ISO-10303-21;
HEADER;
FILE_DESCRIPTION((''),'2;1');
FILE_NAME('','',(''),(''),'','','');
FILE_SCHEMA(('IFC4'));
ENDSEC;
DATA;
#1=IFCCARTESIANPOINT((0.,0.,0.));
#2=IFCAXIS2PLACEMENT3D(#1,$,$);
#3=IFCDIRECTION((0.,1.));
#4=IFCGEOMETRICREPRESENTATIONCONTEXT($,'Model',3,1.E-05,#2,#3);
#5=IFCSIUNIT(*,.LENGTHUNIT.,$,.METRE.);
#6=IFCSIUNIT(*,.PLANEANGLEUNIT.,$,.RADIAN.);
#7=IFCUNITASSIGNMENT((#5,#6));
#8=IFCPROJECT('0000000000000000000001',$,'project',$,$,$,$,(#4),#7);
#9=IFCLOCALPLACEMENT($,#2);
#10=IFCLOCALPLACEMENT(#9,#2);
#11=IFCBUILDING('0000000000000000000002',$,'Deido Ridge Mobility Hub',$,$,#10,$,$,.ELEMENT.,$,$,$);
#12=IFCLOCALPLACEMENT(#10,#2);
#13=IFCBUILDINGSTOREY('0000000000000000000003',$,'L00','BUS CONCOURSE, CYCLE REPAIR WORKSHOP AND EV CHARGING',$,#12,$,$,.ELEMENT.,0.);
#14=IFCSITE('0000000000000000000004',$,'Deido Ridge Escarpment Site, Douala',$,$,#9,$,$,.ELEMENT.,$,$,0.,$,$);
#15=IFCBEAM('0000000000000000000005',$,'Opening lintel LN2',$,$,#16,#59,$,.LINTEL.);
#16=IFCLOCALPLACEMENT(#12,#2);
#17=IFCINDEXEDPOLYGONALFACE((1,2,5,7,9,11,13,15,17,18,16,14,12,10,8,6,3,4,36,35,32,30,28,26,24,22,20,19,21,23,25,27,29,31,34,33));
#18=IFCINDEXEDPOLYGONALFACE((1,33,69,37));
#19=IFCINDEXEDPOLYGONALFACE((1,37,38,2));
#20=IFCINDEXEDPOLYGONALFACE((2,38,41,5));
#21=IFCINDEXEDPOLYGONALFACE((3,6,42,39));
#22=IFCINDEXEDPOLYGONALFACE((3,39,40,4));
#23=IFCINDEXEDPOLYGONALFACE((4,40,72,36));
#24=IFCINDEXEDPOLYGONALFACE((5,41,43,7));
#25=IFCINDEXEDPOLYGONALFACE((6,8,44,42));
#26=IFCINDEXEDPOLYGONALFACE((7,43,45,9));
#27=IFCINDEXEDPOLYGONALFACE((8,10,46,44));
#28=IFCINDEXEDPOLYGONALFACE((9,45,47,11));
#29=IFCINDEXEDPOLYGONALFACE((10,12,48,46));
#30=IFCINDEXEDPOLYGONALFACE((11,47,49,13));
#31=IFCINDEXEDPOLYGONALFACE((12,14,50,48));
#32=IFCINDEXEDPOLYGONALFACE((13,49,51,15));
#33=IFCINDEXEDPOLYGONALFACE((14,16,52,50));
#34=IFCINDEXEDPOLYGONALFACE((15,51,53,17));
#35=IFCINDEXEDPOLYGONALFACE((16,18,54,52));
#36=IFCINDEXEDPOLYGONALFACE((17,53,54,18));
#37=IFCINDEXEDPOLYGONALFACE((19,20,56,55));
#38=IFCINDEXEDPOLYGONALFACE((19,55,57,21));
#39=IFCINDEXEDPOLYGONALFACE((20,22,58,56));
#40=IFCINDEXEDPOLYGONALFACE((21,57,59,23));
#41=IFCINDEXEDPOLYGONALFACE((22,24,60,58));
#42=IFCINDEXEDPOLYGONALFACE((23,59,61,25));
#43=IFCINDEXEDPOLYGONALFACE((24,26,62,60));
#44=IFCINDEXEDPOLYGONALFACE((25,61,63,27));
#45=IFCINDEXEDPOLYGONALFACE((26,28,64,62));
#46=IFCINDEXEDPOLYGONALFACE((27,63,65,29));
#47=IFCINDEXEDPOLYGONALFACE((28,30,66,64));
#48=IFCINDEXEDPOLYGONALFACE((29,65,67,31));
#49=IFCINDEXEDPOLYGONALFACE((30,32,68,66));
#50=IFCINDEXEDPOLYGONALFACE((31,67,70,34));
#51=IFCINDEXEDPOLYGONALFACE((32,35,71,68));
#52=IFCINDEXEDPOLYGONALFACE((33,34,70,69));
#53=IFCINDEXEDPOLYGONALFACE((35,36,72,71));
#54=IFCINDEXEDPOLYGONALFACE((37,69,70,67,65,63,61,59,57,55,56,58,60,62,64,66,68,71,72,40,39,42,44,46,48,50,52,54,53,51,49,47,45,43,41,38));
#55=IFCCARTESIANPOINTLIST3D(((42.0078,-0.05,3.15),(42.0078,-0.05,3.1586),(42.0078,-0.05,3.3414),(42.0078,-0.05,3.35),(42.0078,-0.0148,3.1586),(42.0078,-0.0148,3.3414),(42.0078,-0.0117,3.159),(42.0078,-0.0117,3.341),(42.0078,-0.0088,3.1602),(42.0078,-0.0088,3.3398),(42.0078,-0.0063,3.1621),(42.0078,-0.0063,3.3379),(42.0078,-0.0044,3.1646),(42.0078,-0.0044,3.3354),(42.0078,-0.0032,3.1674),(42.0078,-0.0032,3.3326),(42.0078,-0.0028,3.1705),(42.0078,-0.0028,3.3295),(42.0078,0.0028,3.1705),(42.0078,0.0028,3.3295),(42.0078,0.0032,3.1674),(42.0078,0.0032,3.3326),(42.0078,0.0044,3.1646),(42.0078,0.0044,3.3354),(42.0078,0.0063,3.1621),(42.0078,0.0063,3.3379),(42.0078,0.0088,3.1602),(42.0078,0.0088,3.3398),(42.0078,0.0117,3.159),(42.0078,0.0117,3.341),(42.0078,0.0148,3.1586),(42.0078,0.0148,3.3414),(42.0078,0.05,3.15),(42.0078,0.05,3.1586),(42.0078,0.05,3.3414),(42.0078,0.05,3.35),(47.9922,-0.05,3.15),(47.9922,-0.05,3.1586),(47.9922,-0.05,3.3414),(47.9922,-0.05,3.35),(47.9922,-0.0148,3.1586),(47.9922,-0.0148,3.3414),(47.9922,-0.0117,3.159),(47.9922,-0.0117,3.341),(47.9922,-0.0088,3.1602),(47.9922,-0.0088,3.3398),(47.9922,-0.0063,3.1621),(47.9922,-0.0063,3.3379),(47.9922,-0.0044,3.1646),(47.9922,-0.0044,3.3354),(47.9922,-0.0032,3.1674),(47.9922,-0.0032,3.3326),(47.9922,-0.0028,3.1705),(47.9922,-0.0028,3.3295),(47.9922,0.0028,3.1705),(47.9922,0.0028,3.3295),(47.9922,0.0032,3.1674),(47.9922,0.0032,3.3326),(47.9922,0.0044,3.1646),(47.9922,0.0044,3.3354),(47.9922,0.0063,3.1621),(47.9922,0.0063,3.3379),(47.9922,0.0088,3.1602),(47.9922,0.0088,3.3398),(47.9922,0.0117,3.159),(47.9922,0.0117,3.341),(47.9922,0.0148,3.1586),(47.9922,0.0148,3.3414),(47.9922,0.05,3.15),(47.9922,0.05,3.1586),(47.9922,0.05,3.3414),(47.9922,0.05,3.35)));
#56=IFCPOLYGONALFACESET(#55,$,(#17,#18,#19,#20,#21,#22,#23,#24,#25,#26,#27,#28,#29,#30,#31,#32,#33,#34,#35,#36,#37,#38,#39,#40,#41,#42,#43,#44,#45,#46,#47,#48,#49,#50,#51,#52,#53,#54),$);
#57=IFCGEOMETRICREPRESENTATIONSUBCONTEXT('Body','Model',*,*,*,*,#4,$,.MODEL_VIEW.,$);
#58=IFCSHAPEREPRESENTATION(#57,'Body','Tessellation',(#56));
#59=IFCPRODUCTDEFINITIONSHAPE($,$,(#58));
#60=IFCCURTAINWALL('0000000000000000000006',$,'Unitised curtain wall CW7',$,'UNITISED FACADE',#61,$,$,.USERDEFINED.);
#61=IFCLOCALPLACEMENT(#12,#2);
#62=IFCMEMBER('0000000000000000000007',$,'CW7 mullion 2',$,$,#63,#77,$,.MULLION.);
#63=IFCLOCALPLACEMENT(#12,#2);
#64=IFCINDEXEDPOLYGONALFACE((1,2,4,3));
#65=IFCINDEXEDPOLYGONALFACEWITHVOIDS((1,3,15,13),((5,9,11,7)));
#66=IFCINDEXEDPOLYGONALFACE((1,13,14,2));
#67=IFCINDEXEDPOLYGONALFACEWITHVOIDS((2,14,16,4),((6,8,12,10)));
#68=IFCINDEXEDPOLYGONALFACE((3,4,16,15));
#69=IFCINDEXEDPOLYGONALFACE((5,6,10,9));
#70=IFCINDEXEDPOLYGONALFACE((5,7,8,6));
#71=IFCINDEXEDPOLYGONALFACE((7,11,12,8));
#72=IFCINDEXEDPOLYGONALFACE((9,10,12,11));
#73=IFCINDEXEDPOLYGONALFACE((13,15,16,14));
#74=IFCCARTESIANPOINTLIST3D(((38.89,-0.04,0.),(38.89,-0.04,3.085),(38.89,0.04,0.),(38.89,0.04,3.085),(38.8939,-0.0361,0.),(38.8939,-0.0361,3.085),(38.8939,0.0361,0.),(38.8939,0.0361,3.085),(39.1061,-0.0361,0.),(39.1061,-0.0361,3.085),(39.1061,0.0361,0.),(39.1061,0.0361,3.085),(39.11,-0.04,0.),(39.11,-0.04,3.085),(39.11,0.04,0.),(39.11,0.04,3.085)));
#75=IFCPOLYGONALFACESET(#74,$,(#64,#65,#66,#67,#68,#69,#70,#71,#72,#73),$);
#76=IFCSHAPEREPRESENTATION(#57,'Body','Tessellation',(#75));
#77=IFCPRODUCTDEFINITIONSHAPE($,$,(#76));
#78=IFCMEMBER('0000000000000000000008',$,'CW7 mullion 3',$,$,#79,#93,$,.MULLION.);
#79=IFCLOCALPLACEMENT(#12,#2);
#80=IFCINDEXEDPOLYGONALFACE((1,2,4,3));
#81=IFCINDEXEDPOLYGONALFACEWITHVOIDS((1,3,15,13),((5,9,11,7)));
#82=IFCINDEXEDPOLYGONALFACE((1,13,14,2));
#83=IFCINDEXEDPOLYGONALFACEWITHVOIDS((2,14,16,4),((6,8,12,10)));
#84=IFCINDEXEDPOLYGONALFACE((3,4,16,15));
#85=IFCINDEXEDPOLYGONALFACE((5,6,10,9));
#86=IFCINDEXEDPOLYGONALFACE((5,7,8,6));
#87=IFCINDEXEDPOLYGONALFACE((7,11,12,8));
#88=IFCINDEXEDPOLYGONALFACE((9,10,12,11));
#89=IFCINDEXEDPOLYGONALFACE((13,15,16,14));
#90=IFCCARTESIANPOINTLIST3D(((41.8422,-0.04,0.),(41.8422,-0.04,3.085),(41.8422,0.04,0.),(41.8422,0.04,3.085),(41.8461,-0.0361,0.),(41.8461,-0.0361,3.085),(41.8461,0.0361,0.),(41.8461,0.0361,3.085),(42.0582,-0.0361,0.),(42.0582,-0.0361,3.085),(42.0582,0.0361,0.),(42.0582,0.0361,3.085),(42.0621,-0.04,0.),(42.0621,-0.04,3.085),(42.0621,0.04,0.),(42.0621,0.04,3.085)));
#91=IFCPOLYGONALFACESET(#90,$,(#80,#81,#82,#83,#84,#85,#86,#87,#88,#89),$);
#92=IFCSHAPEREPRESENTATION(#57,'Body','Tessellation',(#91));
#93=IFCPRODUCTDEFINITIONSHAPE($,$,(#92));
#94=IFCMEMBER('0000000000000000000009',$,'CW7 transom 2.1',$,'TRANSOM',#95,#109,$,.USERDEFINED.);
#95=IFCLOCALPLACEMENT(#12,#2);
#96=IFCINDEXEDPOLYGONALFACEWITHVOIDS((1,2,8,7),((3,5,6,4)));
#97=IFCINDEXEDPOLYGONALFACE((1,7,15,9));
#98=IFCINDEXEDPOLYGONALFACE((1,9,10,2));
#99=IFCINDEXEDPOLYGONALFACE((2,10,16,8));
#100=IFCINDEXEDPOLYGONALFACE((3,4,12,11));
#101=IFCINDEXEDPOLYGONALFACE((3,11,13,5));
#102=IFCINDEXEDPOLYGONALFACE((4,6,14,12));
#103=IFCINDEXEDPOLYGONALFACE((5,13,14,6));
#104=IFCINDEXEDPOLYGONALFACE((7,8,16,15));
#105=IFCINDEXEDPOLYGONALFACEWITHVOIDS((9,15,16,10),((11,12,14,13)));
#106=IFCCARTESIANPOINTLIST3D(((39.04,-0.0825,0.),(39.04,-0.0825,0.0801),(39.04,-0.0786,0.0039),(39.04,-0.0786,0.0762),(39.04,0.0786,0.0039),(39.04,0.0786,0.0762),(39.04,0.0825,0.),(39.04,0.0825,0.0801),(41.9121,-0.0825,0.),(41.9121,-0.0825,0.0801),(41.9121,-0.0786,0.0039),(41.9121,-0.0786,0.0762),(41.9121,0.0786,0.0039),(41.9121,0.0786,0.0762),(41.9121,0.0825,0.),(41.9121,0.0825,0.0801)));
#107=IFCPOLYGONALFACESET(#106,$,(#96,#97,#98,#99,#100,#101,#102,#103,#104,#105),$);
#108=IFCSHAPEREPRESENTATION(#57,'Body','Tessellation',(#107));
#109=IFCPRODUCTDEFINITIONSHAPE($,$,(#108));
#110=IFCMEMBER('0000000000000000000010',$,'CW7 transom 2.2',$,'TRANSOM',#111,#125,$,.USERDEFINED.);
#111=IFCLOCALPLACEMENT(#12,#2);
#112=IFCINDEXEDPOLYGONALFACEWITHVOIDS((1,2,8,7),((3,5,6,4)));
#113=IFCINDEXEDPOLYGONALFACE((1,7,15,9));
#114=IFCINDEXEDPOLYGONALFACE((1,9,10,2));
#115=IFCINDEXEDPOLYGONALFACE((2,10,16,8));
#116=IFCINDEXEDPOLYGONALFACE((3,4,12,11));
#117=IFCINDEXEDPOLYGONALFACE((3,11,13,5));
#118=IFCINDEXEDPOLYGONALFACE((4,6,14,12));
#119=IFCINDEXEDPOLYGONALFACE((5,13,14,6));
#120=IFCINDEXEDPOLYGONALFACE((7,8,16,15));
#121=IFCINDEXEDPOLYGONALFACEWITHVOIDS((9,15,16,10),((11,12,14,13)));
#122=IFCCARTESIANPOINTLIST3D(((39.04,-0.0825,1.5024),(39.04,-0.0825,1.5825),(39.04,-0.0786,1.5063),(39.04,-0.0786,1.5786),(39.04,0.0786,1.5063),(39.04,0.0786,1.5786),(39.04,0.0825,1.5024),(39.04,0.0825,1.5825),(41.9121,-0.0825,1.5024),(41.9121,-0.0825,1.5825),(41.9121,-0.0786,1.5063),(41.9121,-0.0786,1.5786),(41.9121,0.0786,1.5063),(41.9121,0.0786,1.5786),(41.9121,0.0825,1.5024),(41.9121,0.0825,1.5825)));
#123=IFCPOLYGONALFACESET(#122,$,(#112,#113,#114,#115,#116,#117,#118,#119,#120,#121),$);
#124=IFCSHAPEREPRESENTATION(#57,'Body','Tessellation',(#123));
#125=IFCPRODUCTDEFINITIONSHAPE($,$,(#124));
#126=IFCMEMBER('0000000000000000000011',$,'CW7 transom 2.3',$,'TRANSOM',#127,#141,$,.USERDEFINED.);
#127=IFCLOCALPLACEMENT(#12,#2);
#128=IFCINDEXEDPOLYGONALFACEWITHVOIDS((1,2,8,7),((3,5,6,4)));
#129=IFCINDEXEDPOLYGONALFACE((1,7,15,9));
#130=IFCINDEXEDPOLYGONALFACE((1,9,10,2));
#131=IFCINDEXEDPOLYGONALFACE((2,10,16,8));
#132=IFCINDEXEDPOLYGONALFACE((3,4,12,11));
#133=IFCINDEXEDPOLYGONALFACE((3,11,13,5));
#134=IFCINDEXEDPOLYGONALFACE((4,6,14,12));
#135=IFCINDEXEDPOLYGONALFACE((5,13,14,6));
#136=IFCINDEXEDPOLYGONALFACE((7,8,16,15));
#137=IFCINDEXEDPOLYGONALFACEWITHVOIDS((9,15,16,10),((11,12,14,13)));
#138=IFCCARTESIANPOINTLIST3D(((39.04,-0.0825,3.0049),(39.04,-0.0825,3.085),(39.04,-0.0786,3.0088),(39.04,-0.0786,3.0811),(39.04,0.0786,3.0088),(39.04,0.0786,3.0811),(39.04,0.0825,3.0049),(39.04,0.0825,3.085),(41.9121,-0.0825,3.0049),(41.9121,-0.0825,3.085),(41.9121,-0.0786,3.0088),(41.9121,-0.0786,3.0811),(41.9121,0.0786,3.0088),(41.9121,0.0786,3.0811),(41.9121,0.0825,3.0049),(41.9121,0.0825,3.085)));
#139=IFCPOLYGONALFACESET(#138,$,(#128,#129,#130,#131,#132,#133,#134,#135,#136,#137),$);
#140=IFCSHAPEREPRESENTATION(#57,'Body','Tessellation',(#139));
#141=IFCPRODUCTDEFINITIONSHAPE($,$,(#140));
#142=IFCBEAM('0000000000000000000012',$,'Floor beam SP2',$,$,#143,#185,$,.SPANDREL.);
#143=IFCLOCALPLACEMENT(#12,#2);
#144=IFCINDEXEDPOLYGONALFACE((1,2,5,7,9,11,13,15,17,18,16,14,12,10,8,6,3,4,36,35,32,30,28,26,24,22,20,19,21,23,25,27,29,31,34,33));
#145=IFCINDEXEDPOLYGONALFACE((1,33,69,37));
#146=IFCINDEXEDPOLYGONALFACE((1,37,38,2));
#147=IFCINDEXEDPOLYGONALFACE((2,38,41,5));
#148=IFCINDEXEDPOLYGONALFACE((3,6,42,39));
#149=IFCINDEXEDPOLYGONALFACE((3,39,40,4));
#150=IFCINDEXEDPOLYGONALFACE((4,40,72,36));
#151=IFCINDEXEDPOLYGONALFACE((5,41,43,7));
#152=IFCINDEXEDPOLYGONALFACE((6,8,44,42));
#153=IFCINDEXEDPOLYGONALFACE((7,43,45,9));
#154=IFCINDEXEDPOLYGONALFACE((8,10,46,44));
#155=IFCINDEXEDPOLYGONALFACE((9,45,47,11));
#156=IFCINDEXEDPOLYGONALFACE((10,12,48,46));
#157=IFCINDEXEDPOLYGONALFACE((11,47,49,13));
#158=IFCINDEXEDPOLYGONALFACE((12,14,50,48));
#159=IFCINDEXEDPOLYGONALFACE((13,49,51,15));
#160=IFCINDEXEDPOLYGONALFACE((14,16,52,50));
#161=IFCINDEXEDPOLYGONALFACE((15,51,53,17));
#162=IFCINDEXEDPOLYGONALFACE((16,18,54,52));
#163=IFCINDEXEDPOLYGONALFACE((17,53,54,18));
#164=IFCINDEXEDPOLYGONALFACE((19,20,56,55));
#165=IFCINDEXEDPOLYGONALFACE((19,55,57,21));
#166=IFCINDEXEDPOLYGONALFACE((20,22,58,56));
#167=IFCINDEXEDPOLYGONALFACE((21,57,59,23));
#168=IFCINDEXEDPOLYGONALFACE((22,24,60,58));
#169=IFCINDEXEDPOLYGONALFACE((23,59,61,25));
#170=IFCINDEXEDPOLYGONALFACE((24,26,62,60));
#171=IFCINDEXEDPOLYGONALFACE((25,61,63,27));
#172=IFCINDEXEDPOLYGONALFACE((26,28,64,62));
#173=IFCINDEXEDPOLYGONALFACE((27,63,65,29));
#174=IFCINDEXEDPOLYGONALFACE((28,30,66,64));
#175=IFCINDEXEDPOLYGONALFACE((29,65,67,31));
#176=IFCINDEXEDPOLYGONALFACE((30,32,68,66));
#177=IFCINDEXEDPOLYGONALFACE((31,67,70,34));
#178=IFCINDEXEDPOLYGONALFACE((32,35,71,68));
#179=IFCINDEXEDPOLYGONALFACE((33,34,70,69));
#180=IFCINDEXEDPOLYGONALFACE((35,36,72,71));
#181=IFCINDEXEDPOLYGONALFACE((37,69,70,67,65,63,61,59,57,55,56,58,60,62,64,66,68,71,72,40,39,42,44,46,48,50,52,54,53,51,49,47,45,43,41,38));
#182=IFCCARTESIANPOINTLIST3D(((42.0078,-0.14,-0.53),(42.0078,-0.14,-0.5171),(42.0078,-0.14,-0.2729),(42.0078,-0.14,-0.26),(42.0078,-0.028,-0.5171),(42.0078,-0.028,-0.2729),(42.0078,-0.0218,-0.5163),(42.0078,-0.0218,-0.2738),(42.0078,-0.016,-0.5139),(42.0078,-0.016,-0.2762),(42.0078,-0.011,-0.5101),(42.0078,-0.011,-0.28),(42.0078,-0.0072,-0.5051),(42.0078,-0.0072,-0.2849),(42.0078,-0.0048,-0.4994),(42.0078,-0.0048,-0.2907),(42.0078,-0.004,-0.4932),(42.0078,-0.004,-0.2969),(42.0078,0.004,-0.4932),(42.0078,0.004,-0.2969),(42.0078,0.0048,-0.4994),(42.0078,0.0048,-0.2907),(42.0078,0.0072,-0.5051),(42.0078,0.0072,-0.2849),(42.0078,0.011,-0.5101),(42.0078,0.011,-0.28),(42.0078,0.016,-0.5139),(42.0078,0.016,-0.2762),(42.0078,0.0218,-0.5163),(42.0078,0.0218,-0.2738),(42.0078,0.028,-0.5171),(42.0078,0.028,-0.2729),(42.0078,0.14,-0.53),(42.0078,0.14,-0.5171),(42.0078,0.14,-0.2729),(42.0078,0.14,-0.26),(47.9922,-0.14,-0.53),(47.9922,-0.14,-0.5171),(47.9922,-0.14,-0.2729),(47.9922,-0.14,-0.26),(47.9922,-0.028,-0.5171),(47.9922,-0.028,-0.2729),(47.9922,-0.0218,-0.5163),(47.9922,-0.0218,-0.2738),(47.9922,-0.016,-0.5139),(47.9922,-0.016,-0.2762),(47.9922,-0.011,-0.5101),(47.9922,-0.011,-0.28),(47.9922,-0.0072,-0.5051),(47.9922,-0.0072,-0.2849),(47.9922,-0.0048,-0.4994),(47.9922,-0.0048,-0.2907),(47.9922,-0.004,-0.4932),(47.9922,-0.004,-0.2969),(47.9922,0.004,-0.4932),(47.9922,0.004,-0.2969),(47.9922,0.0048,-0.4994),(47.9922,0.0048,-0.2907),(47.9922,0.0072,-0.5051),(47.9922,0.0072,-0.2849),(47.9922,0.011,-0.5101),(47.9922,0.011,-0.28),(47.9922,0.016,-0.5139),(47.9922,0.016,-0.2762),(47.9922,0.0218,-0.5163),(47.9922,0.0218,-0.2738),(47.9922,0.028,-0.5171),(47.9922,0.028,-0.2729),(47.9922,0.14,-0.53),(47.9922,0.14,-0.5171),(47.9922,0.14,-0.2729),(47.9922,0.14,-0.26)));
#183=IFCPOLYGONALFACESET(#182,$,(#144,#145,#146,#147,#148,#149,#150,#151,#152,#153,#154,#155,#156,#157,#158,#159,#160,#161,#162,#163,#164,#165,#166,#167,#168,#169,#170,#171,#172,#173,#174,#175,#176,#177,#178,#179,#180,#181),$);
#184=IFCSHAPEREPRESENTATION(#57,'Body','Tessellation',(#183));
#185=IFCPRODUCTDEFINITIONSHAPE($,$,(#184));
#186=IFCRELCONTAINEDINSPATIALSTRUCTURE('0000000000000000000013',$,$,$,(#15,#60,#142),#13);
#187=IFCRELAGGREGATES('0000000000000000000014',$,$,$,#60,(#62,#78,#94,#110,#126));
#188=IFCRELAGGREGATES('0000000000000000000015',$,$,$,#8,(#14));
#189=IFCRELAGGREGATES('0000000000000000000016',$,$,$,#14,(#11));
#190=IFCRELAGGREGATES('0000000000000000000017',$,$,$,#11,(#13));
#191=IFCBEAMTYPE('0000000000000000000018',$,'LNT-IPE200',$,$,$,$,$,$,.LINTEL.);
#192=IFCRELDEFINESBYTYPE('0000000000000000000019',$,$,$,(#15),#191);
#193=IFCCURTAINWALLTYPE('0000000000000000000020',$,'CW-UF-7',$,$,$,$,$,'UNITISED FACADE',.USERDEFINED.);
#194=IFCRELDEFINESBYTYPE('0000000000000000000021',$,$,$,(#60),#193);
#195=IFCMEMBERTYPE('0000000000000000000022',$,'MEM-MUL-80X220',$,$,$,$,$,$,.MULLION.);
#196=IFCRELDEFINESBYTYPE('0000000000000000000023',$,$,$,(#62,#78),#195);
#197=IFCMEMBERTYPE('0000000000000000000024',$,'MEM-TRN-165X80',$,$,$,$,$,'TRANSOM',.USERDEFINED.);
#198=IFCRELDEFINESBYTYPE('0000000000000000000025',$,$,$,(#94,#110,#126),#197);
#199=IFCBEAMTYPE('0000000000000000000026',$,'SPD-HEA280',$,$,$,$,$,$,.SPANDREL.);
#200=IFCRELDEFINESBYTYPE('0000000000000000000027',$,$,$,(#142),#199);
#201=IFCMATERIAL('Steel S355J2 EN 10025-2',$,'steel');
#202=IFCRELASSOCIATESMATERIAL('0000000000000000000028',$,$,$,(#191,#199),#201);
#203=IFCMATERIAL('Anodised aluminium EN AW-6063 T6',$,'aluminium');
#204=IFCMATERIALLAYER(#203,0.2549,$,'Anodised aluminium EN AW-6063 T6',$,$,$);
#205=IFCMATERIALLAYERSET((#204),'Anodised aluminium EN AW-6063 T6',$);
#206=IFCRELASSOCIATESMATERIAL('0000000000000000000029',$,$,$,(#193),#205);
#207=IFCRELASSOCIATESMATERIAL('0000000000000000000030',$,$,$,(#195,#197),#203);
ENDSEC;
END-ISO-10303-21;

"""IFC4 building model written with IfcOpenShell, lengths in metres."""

from ifc_helpers import new_model, si_unit, direction, frame, origin, origin_2d, place, context, subcontext, project, spatial, hollow_rectangle, i_section, extrude, material, layer, layer_set, material_profile, profile_set, type_object, element, aggregate, save


model = new_model("IFC4")

# Units and contexts
model_context = context("Model", 3, precision=1e-05, world=origin(), true_north=direction((0.0, 1.0)))
body_context = subcontext(model_context, "Body", "Model", "MODEL_VIEW")
ifc_project = project(units=[si_unit("LENGTHUNIT", "METRE"), si_unit("PLANEANGLEUNIT", "RADIAN")], contexts=[model_context])

# Site, building, storey
site_placement = place(None, origin())
site = spatial("IfcSite", under=ifc_project, at=site_placement, Name="Deido Ridge Escarpment Site, Douala", CompositionType="ELEMENT", RefElevation=0.0)
building_placement = place(site_placement, origin())
building = spatial("IfcBuilding", under=site, at=building_placement, Name="Deido Ridge Mobility Hub", CompositionType="ELEMENT")
storey_placement = place(building_placement, origin())
storey = spatial("IfcBuildingStorey", under=building, at=storey_placement, Name="L00", Description="BUS CONCOURSE, CYCLE REPAIR WORKSHOP AND EV CHARGING", CompositionType="ELEMENT", Elevation=0.0)

# Shared definitions
ifc_material_1 = material(Name="Steel S355J2 EN 10025-2", Category="steel")

# Beam
ifc_material_profile_1 = material_profile(ifc_material_1, i_section(OverallWidth=0.1001, OverallDepth=0.2, WebThickness=0.0056, FlangeThickness=0.0085, FilletRadius=0.012, at=origin_2d()), Name="IPE 200")
ifc_profile_set_1 = profile_set([ifc_material_profile_1], Name="Steel S355J2 EN 10025-2")
beam_type_1 = type_object("IfcBeamType", Name="LNT-IPE200", PredefinedType="LINTEL", material=ifc_profile_set_1)
beam_1_placement = place(storey_placement, frame((42.0078, 0.0, 3.25), z_axis=(1.0, 0.0, 0.0), x_axis=(0.0, 1.0, 0.0)))
element("IfcBeam", 1, at=beam_1_placement, inside=storey, type_object=beam_type_1, Name="Opening lintel LN2", PredefinedType="LINTEL", context=body_context, shape_type="SweptSolid", body=[
    extrude(i_section(OverallWidth=0.1001, OverallDepth=0.2, WebThickness=0.0056, FlangeThickness=0.0085, FilletRadius=0.012, at=origin_2d()), origin(), (0.0, 0.0, 1.0), 5.9844),
])

# Curtain wall, members
ifc_material_2 = material(Name="Anodised aluminium EN AW-6063 T6", Category="aluminium")
ifc_layer_1 = layer(ifc_material_2, 0.2549, Name="Anodised aluminium EN AW-6063 T6")
ifc_layer_set_1 = layer_set([ifc_layer_1], Name="Anodised aluminium EN AW-6063 T6")
curtain_wall_type = type_object("IfcCurtainWallType", Name="CW-UF-7", ElementType="UNITISED FACADE", PredefinedType="USERDEFINED", material=ifc_layer_set_1)
curtain_wall_placement = place(storey_placement, origin())
curtain_wall = element("IfcCurtainWall", 2, at=curtain_wall_placement, inside=storey, type_object=curtain_wall_type, Name="Unitised curtain wall CW7", ObjectType="UNITISED FACADE", PredefinedType="USERDEFINED")
ifc_material_profile_2 = material_profile(ifc_material_2, hollow_rectangle(XDim=0.0801, YDim=0.22, WallThickness=0.0039, at=origin_2d()), Name="RHS 80x220x4")
ifc_profile_set_2 = profile_set([ifc_material_profile_2], Name="Anodised aluminium EN AW-6063 T6")
member_type_1 = type_object("IfcMemberType", Name="MEM-MUL-80X220", PredefinedType="MULLION", material=ifc_profile_set_2)
member_1_placement = place(storey_placement, frame((39.0, 0.0, 0.0), z_axis=(0.0, 0.0, 1.0), x_axis=(0.0, 1.0, 0.0)))
member_1 = element("IfcMember", 3, at=member_1_placement, type_object=member_type_1, Name="CW7 mullion 2", PredefinedType="MULLION", context=body_context, shape_type="SweptSolid", body=[
    extrude(hollow_rectangle(XDim=0.0801, YDim=0.22, WallThickness=0.0039, at=origin_2d()), origin(), (0.0, 0.0, 1.0), 3.085),
])
member_2_placement = place(storey_placement, frame((41.9521, 0.0, 0.0), z_axis=(0.0, 0.0, 1.0), x_axis=(0.0, 1.0, 0.0)))
member_2 = element("IfcMember", 4, at=member_2_placement, type_object=member_type_1, Name="CW7 mullion 3", PredefinedType="MULLION", context=body_context, shape_type="SweptSolid", body=[
    extrude(hollow_rectangle(XDim=0.0801, YDim=0.22, WallThickness=0.0039, at=origin_2d()), origin(), (0.0, 0.0, 1.0), 3.085),
])
ifc_material_profile_3 = material_profile(ifc_material_2, hollow_rectangle(XDim=0.165, YDim=0.0801, WallThickness=0.0039, at=origin_2d()), Name="RHS 165x80x4")
ifc_profile_set_3 = profile_set([ifc_material_profile_3], Name="Anodised aluminium EN AW-6063 T6")
member_type_2 = type_object("IfcMemberType", Name="MEM-TRN-165X80", ElementType="TRANSOM", PredefinedType="USERDEFINED", material=ifc_profile_set_3)
member_3_placement = place(storey_placement, frame((39.04, 0.0, 0.04), z_axis=(1.0, 0.0, 0.0), x_axis=(0.0, 1.0, 0.0)))
member_3 = element("IfcMember", 5, at=member_3_placement, type_object=member_type_2, Name="CW7 transom 2.1", ObjectType="TRANSOM", PredefinedType="USERDEFINED", context=body_context, shape_type="SweptSolid", body=[
    extrude(hollow_rectangle(XDim=0.165, YDim=0.0801, WallThickness=0.0039, at=origin_2d()), origin(), (0.0, 0.0, 1.0), 2.8721),
])
member_4_placement = place(storey_placement, frame((39.04, 0.0, 1.5425), z_axis=(1.0, 0.0, 0.0), x_axis=(0.0, 1.0, 0.0)))
member_4 = element("IfcMember", 6, at=member_4_placement, type_object=member_type_2, Name="CW7 transom 2.2", ObjectType="TRANSOM", PredefinedType="USERDEFINED", context=body_context, shape_type="SweptSolid", body=[
    extrude(hollow_rectangle(XDim=0.165, YDim=0.0801, WallThickness=0.0039, at=origin_2d()), origin(), (0.0, 0.0, 1.0), 2.8721),
])
member_5_placement = place(storey_placement, frame((39.04, 0.0, 3.0449), z_axis=(1.0, 0.0, 0.0), x_axis=(0.0, 1.0, 0.0)))
member_5 = element("IfcMember", 7, at=member_5_placement, type_object=member_type_2, Name="CW7 transom 2.3", ObjectType="TRANSOM", PredefinedType="USERDEFINED", context=body_context, shape_type="SweptSolid", body=[
    extrude(hollow_rectangle(XDim=0.165, YDim=0.0801, WallThickness=0.0039, at=origin_2d()), origin(), (0.0, 0.0, 1.0), 2.8721),
])

# Beam
ifc_material_profile_4 = material_profile(ifc_material_1, i_section(OverallWidth=0.28, OverallDepth=0.27, WebThickness=0.0081, FlangeThickness=0.0129, FilletRadius=0.0239, at=origin_2d()), Name="HEA 280")
ifc_profile_set_4 = profile_set([ifc_material_profile_4], Name="Steel S355J2 EN 10025-2")
beam_type_2 = type_object("IfcBeamType", Name="SPD-HEA280", PredefinedType="SPANDREL", material=ifc_profile_set_4)
beam_2_placement = place(storey_placement, frame((42.0078, 0.0, -0.395), z_axis=(1.0, 0.0, 0.0), x_axis=(0.0, 1.0, 0.0)))
element("IfcBeam", 8, at=beam_2_placement, inside=storey, type_object=beam_type_2, Name="Floor beam SP2", PredefinedType="SPANDREL", context=body_context, shape_type="SweptSolid", body=[
    extrude(i_section(OverallWidth=0.28, OverallDepth=0.27, WebThickness=0.0081, FlangeThickness=0.0129, FilletRadius=0.0239, at=origin_2d()), origin(), (0.0, 0.0, 1.0), 5.9844),
])

aggregate(curtain_wall, [member_1, member_2, member_3, member_4, member_5])

save(model, "model.ifc")
